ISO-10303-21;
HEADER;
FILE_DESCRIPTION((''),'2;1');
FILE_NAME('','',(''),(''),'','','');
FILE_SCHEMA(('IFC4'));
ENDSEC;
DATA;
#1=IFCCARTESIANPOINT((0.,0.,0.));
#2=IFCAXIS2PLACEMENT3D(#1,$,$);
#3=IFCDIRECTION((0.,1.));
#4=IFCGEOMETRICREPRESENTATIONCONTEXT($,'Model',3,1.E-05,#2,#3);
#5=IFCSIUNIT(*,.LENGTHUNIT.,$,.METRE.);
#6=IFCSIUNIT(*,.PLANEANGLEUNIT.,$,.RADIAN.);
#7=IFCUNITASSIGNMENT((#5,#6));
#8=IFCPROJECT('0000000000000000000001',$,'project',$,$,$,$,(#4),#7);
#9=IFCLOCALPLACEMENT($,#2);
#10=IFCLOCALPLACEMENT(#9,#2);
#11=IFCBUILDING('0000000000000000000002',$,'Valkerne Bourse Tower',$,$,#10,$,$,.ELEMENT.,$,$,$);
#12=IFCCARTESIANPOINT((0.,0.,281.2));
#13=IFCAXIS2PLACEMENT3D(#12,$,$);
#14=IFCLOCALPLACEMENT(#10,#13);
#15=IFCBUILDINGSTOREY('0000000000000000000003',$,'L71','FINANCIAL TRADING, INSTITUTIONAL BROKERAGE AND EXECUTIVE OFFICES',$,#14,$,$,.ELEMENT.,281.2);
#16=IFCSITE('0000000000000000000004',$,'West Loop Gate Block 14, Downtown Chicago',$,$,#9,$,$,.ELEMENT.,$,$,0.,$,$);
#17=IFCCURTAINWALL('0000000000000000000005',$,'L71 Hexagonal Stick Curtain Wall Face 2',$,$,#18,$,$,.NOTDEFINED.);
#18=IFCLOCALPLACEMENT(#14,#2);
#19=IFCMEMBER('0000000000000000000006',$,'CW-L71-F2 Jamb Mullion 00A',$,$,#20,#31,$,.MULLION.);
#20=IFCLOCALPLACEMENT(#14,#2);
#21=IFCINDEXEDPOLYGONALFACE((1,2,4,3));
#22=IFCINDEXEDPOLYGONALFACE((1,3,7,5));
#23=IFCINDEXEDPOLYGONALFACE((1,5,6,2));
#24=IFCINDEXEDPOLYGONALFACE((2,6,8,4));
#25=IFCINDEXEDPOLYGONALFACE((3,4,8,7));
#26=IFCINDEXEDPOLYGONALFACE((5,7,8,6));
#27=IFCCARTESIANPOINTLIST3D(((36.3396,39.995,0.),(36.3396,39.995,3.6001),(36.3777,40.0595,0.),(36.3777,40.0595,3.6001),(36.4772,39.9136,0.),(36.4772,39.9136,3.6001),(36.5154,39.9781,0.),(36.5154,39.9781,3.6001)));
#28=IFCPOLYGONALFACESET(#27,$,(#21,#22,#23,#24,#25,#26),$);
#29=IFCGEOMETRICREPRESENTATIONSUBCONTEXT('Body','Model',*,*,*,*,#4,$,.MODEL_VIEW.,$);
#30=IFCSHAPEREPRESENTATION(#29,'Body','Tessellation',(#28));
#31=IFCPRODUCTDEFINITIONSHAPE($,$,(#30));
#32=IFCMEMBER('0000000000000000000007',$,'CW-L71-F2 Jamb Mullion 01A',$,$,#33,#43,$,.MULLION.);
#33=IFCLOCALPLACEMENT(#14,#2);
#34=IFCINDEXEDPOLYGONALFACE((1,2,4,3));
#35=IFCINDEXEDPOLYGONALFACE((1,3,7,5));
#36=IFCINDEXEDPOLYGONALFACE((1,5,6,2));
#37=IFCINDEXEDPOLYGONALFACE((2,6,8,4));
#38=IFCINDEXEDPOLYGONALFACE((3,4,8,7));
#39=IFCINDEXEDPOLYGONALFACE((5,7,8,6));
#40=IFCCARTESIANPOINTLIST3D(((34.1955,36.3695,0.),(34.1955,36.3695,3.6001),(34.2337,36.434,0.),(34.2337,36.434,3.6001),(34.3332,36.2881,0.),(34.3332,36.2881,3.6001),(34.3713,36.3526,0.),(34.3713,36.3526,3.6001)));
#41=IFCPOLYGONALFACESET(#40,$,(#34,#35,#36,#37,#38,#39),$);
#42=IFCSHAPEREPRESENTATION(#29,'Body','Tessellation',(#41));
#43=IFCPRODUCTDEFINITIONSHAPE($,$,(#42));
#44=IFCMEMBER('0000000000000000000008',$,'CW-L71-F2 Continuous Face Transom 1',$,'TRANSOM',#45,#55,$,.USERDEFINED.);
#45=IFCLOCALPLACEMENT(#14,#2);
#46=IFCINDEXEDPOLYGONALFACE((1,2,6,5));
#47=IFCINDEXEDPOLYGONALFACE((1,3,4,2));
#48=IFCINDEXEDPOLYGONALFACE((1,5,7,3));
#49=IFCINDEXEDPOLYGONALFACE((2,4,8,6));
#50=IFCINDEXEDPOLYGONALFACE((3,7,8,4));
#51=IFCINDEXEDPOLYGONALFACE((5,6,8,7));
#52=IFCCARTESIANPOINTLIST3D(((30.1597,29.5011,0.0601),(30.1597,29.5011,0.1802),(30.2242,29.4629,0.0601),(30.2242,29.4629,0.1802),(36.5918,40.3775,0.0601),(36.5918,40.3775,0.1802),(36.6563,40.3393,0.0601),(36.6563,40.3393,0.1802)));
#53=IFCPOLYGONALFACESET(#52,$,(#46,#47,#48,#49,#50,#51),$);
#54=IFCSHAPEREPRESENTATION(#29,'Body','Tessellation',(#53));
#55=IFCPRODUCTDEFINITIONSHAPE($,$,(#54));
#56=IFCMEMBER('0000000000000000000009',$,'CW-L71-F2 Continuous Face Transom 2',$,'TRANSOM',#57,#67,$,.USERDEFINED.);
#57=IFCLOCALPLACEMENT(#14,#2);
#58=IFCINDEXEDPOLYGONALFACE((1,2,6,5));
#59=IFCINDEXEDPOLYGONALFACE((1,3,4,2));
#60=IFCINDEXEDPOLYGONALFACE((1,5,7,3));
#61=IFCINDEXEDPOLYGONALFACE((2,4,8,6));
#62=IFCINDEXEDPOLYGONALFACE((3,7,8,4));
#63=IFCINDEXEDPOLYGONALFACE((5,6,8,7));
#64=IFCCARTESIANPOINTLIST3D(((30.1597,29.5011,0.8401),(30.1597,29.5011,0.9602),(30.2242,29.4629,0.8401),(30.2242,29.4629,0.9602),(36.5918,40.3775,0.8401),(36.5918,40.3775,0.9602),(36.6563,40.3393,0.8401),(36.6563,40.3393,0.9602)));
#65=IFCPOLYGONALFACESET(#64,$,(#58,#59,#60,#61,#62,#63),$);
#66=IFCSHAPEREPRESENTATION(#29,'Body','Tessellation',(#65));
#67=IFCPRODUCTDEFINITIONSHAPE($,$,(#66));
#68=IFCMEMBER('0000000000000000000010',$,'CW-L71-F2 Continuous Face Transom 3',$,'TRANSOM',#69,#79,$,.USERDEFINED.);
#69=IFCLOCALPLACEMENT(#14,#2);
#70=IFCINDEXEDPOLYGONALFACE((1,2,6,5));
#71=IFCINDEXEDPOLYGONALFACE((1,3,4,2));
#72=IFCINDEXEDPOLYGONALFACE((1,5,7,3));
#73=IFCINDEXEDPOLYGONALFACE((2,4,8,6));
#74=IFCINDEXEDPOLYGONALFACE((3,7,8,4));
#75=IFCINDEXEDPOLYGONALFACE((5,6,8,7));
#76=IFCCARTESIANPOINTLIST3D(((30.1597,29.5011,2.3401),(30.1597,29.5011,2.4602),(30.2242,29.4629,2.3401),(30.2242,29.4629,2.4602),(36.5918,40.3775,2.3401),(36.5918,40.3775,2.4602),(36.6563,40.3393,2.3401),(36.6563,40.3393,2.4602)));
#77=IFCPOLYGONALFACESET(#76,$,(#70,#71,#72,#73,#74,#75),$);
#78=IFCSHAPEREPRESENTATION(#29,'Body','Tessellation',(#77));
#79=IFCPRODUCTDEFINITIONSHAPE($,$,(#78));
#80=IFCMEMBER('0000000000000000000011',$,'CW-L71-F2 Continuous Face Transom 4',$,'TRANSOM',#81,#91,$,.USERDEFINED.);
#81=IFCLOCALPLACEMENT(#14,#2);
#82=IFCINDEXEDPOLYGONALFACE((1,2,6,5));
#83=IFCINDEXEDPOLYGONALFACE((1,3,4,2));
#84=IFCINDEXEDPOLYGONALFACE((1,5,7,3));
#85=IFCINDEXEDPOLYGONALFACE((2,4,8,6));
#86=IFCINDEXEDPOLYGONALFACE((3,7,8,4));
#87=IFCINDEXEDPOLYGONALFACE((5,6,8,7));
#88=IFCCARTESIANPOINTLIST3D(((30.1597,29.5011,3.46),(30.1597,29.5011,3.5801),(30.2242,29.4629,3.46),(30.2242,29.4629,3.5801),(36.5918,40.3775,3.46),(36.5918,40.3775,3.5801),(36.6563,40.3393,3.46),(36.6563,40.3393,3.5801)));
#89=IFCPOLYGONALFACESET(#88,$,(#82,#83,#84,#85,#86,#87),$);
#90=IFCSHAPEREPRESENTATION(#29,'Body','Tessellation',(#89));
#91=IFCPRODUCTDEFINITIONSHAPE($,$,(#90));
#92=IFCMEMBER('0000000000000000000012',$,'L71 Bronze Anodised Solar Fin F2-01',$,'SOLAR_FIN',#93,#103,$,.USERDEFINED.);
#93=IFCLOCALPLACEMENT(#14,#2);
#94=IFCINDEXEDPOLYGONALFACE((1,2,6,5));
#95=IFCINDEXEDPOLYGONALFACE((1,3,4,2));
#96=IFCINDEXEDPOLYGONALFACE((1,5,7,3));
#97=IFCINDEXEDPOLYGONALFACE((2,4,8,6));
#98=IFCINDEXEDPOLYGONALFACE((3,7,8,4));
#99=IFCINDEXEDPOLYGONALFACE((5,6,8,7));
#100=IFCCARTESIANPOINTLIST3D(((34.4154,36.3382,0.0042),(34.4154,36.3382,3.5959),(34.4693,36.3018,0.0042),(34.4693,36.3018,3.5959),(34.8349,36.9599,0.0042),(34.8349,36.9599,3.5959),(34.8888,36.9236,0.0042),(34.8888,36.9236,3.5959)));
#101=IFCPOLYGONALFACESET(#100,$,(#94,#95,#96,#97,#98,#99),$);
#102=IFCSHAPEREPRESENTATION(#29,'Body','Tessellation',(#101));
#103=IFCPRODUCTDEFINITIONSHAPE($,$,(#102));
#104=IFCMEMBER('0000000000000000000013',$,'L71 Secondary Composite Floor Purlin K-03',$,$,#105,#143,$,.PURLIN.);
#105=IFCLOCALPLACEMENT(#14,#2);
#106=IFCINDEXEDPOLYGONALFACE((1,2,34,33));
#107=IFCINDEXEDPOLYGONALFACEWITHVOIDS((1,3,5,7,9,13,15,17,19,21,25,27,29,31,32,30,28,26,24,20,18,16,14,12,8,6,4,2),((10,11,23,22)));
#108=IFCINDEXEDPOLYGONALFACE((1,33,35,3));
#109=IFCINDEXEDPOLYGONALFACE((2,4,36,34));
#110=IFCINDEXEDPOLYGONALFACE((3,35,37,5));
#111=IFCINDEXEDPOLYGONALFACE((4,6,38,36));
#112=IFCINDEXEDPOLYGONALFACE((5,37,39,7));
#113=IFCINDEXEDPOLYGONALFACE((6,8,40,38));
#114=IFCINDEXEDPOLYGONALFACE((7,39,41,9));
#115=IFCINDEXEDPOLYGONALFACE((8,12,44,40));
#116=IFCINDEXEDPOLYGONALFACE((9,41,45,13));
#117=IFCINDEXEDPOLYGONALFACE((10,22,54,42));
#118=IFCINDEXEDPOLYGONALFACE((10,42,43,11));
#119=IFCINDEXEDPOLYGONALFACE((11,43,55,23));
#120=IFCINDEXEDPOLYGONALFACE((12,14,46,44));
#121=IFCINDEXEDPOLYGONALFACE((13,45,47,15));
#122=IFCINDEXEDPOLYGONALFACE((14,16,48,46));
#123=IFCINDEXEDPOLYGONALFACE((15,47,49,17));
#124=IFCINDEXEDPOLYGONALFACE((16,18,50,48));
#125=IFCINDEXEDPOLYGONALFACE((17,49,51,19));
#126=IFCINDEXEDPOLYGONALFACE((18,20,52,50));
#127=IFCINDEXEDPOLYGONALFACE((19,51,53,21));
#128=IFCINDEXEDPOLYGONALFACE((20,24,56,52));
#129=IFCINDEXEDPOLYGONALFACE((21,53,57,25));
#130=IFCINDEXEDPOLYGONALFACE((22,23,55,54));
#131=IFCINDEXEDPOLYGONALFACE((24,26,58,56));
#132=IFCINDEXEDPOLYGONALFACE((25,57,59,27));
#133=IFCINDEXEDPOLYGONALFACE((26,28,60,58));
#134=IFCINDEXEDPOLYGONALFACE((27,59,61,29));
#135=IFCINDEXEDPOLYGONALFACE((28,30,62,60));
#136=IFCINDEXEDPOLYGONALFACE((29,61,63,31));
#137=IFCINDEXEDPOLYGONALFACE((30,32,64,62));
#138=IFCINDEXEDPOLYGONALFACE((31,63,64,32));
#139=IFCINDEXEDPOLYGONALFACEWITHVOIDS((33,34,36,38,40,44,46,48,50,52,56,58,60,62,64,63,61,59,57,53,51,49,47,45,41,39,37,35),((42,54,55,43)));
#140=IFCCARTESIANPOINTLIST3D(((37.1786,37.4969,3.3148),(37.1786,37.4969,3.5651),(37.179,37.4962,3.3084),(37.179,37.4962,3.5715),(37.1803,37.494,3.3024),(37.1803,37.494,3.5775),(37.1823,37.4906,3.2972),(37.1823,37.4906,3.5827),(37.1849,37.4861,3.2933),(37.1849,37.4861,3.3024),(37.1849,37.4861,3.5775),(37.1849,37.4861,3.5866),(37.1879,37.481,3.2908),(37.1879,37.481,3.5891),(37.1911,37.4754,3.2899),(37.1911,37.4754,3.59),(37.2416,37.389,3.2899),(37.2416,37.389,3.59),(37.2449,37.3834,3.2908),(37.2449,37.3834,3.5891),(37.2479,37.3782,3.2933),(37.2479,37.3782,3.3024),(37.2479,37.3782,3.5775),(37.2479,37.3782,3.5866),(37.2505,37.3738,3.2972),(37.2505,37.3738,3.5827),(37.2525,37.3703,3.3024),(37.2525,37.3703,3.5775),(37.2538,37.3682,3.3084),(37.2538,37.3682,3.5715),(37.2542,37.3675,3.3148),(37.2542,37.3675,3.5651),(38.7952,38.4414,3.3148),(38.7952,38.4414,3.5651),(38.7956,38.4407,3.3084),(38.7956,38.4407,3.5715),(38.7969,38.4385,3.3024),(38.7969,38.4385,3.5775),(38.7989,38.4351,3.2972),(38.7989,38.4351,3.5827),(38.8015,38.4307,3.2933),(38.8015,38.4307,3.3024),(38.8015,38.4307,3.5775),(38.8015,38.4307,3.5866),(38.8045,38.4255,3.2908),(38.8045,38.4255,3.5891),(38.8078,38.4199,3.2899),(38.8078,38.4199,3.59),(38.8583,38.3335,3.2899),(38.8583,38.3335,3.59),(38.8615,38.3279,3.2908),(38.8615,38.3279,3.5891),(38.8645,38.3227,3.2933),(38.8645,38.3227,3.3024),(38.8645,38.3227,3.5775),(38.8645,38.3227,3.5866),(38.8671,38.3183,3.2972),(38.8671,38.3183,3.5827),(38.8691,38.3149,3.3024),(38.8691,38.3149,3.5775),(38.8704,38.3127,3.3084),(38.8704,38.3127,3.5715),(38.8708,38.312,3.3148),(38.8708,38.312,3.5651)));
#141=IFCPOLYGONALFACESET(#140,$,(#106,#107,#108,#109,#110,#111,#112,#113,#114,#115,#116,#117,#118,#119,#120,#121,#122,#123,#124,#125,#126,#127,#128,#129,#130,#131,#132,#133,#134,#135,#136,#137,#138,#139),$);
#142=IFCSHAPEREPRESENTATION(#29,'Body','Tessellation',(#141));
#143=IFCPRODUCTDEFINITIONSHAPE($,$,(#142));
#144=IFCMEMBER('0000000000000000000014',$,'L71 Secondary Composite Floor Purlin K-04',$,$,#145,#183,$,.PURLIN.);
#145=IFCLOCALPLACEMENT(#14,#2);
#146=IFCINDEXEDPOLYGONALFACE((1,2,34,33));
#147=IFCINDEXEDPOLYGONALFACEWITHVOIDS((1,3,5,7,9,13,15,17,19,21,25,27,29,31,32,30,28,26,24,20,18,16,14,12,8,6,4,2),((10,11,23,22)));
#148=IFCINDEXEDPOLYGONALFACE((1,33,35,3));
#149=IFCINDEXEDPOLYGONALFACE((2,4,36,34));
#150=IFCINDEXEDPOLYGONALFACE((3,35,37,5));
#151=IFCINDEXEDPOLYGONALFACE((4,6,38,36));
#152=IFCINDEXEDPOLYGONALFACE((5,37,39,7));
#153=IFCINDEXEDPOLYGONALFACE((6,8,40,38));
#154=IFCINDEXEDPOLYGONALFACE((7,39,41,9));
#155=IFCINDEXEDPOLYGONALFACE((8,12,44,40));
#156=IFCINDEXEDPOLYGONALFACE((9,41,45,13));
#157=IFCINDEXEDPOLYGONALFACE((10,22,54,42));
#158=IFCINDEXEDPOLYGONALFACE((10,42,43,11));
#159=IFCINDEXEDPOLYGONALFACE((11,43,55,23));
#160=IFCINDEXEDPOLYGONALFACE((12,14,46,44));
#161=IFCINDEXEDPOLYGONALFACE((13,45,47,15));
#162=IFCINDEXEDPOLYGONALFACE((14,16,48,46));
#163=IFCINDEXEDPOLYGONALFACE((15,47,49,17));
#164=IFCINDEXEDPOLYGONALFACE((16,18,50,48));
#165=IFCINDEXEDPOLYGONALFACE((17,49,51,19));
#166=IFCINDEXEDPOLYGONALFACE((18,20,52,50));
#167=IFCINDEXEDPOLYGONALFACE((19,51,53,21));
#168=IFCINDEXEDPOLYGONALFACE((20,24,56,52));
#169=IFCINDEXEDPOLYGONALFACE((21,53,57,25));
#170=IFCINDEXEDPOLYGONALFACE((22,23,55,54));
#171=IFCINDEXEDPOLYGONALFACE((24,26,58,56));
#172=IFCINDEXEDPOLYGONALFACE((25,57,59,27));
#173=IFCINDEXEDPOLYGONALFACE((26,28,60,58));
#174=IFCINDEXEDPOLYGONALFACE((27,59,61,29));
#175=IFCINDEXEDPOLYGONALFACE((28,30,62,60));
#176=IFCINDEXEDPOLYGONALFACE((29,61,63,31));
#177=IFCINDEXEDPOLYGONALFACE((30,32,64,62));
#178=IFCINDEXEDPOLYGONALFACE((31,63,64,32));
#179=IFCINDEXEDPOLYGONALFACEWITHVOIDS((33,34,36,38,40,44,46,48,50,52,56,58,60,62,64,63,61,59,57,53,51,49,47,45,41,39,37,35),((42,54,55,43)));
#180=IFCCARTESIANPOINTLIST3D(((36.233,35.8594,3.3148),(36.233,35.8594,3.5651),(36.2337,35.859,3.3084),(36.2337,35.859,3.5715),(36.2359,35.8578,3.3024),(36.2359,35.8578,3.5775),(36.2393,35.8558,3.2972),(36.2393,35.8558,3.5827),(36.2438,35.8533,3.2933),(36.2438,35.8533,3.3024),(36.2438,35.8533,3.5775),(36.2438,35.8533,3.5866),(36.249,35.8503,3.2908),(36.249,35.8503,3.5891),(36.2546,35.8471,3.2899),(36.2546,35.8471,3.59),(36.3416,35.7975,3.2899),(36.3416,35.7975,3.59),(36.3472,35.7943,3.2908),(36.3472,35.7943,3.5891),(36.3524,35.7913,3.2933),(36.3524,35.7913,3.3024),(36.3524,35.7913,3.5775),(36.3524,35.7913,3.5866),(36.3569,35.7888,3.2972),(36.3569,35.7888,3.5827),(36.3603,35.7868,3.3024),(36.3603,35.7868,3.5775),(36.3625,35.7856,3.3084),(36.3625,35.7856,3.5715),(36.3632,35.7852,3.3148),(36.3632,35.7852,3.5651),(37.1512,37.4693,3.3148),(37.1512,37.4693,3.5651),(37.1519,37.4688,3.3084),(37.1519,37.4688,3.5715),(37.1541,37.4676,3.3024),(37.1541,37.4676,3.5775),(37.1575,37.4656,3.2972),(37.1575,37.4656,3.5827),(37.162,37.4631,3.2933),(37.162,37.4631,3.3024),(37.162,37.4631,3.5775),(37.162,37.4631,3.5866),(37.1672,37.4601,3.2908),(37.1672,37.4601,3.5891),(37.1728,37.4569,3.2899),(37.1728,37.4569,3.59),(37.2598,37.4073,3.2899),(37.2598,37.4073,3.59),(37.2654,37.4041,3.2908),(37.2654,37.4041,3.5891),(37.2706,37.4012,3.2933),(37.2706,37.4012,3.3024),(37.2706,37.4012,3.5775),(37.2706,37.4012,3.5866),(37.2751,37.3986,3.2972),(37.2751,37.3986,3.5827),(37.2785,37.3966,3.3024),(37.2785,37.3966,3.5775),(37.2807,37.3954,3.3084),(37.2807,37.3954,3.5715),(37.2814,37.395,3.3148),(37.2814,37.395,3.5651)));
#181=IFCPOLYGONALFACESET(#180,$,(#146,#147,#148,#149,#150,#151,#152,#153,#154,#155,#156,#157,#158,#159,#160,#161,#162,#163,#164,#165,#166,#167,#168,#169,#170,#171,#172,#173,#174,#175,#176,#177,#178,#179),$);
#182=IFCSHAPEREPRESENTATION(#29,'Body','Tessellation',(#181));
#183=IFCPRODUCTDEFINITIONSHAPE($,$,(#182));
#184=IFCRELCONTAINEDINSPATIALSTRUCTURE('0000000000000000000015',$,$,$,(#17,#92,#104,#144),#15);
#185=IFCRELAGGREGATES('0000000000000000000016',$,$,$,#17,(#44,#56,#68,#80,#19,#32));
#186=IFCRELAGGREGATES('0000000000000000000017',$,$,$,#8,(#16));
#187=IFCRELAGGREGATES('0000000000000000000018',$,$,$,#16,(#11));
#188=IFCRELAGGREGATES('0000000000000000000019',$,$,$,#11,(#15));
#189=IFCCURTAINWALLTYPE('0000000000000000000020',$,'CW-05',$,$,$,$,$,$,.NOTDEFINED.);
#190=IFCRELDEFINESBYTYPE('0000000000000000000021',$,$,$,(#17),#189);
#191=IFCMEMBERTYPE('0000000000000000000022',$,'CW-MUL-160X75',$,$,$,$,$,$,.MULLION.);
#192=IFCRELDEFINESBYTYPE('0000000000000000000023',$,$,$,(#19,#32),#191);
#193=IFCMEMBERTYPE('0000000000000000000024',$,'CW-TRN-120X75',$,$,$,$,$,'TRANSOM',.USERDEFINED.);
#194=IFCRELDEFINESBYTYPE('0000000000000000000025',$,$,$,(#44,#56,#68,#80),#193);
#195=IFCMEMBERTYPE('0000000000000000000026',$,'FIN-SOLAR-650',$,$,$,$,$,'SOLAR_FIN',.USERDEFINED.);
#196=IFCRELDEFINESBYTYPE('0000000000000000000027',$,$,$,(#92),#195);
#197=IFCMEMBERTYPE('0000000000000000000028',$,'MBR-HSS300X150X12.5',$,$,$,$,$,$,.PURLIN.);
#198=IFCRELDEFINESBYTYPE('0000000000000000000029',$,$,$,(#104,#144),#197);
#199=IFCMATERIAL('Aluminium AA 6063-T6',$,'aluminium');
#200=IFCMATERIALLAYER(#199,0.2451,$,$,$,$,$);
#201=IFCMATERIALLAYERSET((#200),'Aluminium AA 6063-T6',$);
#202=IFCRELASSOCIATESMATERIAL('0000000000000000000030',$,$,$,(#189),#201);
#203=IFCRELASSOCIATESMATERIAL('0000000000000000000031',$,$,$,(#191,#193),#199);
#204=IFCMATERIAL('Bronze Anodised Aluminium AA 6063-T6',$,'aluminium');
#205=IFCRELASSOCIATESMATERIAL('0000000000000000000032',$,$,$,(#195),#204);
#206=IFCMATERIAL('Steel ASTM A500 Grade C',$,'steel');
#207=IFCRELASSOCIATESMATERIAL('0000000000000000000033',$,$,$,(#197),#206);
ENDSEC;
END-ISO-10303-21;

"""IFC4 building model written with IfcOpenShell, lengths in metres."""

from ifc_helpers import new_model, si_unit, direction, frame, origin, origin_2d, place, context, subcontext, project, spatial, rectangle, hollow_rectangle, extrude, material, layer, layer_set, material_profile, profile_set, type_object, element, aggregate, save


model = new_model("IFC4")

# Units and contexts
model_context = context("Model", 3, precision=1e-05, world=origin(), true_north=direction((0.0, 1.0)))
body_context = subcontext(model_context, "Body", "Model", "MODEL_VIEW")
ifc_project = project(units=[si_unit("LENGTHUNIT", "METRE"), si_unit("PLANEANGLEUNIT", "RADIAN")], contexts=[model_context])

# Site, building, storey
site_placement = place(None, origin())
site = spatial("IfcSite", under=ifc_project, at=site_placement, Name="West Loop Gate Block 14, Downtown Chicago", CompositionType="ELEMENT", RefElevation=0.0)
building_placement = place(site_placement, origin())
building = spatial("IfcBuilding", under=site, at=building_placement, Name="Valkerne Bourse Tower", CompositionType="ELEMENT")
storey_placement = place(building_placement, frame((0.0, 0.0, 281.2)))
storey = spatial("IfcBuildingStorey", under=building, at=storey_placement, Name="L71", Description="FINANCIAL TRADING, INSTITUTIONAL BROKERAGE AND EXECUTIVE OFFICES", CompositionType="ELEMENT", Elevation=281.2)

# Curtain wall, members
ifc_material_1 = material(Name="Aluminium AA 6063-T6", Category="aluminium")
ifc_layer_1 = layer(ifc_material_1, 0.2451)
ifc_layer_set_1 = layer_set([ifc_layer_1], Name="Aluminium AA 6063-T6")
curtain_wall_type = type_object("IfcCurtainWallType", Name="CW-05", PredefinedType="NOTDEFINED", material=ifc_layer_set_1)
curtain_wall_placement = place(storey_placement, origin())
curtain_wall = element("IfcCurtainWall", 1, at=curtain_wall_placement, inside=storey, type_object=curtain_wall_type, Name="L71 Hexagonal Stick Curtain Wall Face 2", PredefinedType="NOTDEFINED")
ifc_material_profile_1 = material_profile(ifc_material_1, rectangle(XDim=0.075, YDim=0.1599, at=origin_2d()), Name="CWM-75X160")
ifc_profile_set_1 = profile_set([ifc_material_profile_1], Name="Aluminium AA 6063-T6")
member_type_1 = type_object("IfcMemberType", Name="CW-MUL-160X75", PredefinedType="MULLION", material=ifc_profile_set_1)
member_1_placement = place(storey_placement, frame((36.4275, 39.9866, 0.0), z_axis=(0.0, 0.0, 1.0), x_axis=(-0.509039, -0.860744, 0.0)))
member_1 = element("IfcMember", 2, at=member_1_placement, type_object=member_type_1, Name="CW-L71-F2 Jamb Mullion 00A", PredefinedType="MULLION", context=body_context, shape_type="SweptSolid", body=[
    extrude(rectangle(XDim=0.075, YDim=0.1599, at=origin_2d()), origin(), (0.0, 0.0, 1.0), 3.6001),
])
member_2_placement = place(storey_placement, frame((34.2834, 36.3611, 0.0), z_axis=(0.0, 0.0, 1.0), x_axis=(-0.509032, -0.860748, 0.0)))
member_2 = element("IfcMember", 3, at=member_2_placement, type_object=member_type_1, Name="CW-L71-F2 Jamb Mullion 01A", PredefinedType="MULLION", context=body_context, shape_type="SweptSolid", body=[
    extrude(rectangle(XDim=0.075, YDim=0.1599, at=origin_2d()), origin(), (0.0, 0.0, 1.0), 3.6001),
])
ifc_material_profile_2 = material_profile(ifc_material_1, rectangle(XDim=0.075, YDim=0.1201, at=origin_2d()), Name="CWT-75X120")
ifc_profile_set_2 = profile_set([ifc_material_profile_2], Name="Aluminium AA 6063-T6")
member_type_2 = type_object("IfcMemberType", Name="CW-TRN-120X75", ElementType="TRANSOM", PredefinedType="USERDEFINED", material=ifc_profile_set_2)
member_3_placement = place(storey_placement, frame((36.624, 40.3584, 0.1201), z_axis=(-0.50903, -0.860749, 0.0), x_axis=(0.860749, -0.50903, 0.0)))
member_3 = element("IfcMember", 4, at=member_3_placement, type_object=member_type_2, Name="CW-L71-F2 Continuous Face Transom 1", ObjectType="TRANSOM", PredefinedType="USERDEFINED", context=body_context, shape_type="SweptSolid", body=[
    extrude(rectangle(XDim=0.075, YDim=0.1201, at=origin_2d()), origin(), (0.0, 0.0, 1.0), 12.636),
])
member_4_placement = place(storey_placement, frame((36.624, 40.3584, 0.9001), z_axis=(-0.50903, -0.860749, 0.0), x_axis=(0.860749, -0.50903, 0.0)))
member_4 = element("IfcMember", 5, at=member_4_placement, type_object=member_type_2, Name="CW-L71-F2 Continuous Face Transom 2", ObjectType="TRANSOM", PredefinedType="USERDEFINED", context=body_context, shape_type="SweptSolid", body=[
    extrude(rectangle(XDim=0.075, YDim=0.1201, at=origin_2d()), origin(), (0.0, 0.0, 1.0), 12.636),
])
member_5_placement = place(storey_placement, frame((36.624, 40.3584, 2.4001), z_axis=(-0.50903, -0.860749, 0.0), x_axis=(0.860749, -0.50903, 0.0)))
member_5 = element("IfcMember", 6, at=member_5_placement, type_object=member_type_2, Name="CW-L71-F2 Continuous Face Transom 3", ObjectType="TRANSOM", PredefinedType="USERDEFINED", context=body_context, shape_type="SweptSolid", body=[
    extrude(rectangle(XDim=0.075, YDim=0.1201, at=origin_2d()), origin(), (0.0, 0.0, 1.0), 12.636),
])
member_6_placement = place(storey_placement, frame((36.624, 40.3584, 3.52), z_axis=(-0.50903, -0.860749, 0.0), x_axis=(0.860749, -0.50903, 0.0)))
member_6 = element("IfcMember", 7, at=member_6_placement, type_object=member_type_2, Name="CW-L71-F2 Continuous Face Transom 4", ObjectType="TRANSOM", PredefinedType="USERDEFINED", context=body_context, shape_type="SweptSolid", body=[
    extrude(rectangle(XDim=0.075, YDim=0.1201, at=origin_2d()), origin(), (0.0, 0.0, 1.0), 12.636),
])

# Members
ifc_material_2 = material(Name="Bronze Anodised Aluminium AA 6063-T6", Category="aluminium")
ifc_material_profile_3 = material_profile(ifc_material_2, rectangle(XDim=0.0649, YDim=0.75, at=origin_2d()), Name="FIN-65X750")
ifc_profile_set_3 = profile_set([ifc_material_profile_3], Name="Bronze Anodised Aluminium AA 6063-T6")
member_type_3 = type_object("IfcMemberType", Name="FIN-SOLAR-650", ElementType="SOLAR_FIN", PredefinedType="USERDEFINED", material=ifc_profile_set_3)
member_7_placement = place(storey_placement, frame((34.6521, 36.6309, 0.0042), z_axis=(0.0, 0.0, 1.0), x_axis=(-0.828942, 0.559335, 0.0)))
element("IfcMember", 8, at=member_7_placement, inside=storey, type_object=member_type_3, Name="L71 Bronze Anodised Solar Fin F2-01", ObjectType="SOLAR_FIN", PredefinedType="USERDEFINED", context=body_context, shape_type="SweptSolid", body=[
    extrude(rectangle(XDim=0.0649, YDim=0.75, at=origin_2d()), origin(), (0.0, 0.0, 1.0), 3.5918),
])
ifc_material_3 = material(Name="Steel ASTM A500 Grade C", Category="steel")
ifc_material_profile_4 = material_profile(ifc_material_3, hollow_rectangle(XDim=0.1499, YDim=0.3, WallThickness=0.0125, OuterFilletRadius=0.0249, at=origin_2d()), Name="HSS300X150X12.5")
ifc_profile_set_4 = profile_set([ifc_material_profile_4], Name="Steel ASTM A500 Grade C")
member_type_4 = type_object("IfcMemberType", Name="MBR-HSS300X150X12.5", PredefinedType="PURLIN", material=ifc_profile_set_4)
member_8_placement = place(storey_placement, frame((38.833, 38.3767, 3.4399), z_axis=(-0.863429, -0.504471, 0.0), x_axis=(0.504471, -0.863429, 0.0)))
element("IfcMember", 9, at=member_8_placement, inside=storey, type_object=member_type_4, Name="L71 Secondary Composite Floor Purlin K-03", PredefinedType="PURLIN", context=body_context, shape_type="SweptSolid", body=[
    extrude(hollow_rectangle(XDim=0.1499, YDim=0.3, WallThickness=0.0125, OuterFilletRadius=0.0249, at=origin_2d()), origin(), (0.0, 0.0, 1.0), 1.8723),
])
member_9_placement = place(storey_placement, frame((37.2163, 37.4321, 3.4399), z_axis=(-0.495444, -0.86864, 0.0), x_axis=(0.86864, -0.495444, 0.0)))
element("IfcMember", 10, at=member_9_placement, inside=storey, type_object=member_type_4, Name="L71 Secondary Composite Floor Purlin K-04", PredefinedType="PURLIN", context=body_context, shape_type="SweptSolid", body=[
    extrude(hollow_rectangle(XDim=0.1499, YDim=0.3, WallThickness=0.0125, OuterFilletRadius=0.0249, at=origin_2d()), origin(), (0.0, 0.0, 1.0), 1.8533),
])

aggregate(curtain_wall, [member_3, member_4, member_5, member_6, member_1, member_2])

save(model, "model.ifc")
